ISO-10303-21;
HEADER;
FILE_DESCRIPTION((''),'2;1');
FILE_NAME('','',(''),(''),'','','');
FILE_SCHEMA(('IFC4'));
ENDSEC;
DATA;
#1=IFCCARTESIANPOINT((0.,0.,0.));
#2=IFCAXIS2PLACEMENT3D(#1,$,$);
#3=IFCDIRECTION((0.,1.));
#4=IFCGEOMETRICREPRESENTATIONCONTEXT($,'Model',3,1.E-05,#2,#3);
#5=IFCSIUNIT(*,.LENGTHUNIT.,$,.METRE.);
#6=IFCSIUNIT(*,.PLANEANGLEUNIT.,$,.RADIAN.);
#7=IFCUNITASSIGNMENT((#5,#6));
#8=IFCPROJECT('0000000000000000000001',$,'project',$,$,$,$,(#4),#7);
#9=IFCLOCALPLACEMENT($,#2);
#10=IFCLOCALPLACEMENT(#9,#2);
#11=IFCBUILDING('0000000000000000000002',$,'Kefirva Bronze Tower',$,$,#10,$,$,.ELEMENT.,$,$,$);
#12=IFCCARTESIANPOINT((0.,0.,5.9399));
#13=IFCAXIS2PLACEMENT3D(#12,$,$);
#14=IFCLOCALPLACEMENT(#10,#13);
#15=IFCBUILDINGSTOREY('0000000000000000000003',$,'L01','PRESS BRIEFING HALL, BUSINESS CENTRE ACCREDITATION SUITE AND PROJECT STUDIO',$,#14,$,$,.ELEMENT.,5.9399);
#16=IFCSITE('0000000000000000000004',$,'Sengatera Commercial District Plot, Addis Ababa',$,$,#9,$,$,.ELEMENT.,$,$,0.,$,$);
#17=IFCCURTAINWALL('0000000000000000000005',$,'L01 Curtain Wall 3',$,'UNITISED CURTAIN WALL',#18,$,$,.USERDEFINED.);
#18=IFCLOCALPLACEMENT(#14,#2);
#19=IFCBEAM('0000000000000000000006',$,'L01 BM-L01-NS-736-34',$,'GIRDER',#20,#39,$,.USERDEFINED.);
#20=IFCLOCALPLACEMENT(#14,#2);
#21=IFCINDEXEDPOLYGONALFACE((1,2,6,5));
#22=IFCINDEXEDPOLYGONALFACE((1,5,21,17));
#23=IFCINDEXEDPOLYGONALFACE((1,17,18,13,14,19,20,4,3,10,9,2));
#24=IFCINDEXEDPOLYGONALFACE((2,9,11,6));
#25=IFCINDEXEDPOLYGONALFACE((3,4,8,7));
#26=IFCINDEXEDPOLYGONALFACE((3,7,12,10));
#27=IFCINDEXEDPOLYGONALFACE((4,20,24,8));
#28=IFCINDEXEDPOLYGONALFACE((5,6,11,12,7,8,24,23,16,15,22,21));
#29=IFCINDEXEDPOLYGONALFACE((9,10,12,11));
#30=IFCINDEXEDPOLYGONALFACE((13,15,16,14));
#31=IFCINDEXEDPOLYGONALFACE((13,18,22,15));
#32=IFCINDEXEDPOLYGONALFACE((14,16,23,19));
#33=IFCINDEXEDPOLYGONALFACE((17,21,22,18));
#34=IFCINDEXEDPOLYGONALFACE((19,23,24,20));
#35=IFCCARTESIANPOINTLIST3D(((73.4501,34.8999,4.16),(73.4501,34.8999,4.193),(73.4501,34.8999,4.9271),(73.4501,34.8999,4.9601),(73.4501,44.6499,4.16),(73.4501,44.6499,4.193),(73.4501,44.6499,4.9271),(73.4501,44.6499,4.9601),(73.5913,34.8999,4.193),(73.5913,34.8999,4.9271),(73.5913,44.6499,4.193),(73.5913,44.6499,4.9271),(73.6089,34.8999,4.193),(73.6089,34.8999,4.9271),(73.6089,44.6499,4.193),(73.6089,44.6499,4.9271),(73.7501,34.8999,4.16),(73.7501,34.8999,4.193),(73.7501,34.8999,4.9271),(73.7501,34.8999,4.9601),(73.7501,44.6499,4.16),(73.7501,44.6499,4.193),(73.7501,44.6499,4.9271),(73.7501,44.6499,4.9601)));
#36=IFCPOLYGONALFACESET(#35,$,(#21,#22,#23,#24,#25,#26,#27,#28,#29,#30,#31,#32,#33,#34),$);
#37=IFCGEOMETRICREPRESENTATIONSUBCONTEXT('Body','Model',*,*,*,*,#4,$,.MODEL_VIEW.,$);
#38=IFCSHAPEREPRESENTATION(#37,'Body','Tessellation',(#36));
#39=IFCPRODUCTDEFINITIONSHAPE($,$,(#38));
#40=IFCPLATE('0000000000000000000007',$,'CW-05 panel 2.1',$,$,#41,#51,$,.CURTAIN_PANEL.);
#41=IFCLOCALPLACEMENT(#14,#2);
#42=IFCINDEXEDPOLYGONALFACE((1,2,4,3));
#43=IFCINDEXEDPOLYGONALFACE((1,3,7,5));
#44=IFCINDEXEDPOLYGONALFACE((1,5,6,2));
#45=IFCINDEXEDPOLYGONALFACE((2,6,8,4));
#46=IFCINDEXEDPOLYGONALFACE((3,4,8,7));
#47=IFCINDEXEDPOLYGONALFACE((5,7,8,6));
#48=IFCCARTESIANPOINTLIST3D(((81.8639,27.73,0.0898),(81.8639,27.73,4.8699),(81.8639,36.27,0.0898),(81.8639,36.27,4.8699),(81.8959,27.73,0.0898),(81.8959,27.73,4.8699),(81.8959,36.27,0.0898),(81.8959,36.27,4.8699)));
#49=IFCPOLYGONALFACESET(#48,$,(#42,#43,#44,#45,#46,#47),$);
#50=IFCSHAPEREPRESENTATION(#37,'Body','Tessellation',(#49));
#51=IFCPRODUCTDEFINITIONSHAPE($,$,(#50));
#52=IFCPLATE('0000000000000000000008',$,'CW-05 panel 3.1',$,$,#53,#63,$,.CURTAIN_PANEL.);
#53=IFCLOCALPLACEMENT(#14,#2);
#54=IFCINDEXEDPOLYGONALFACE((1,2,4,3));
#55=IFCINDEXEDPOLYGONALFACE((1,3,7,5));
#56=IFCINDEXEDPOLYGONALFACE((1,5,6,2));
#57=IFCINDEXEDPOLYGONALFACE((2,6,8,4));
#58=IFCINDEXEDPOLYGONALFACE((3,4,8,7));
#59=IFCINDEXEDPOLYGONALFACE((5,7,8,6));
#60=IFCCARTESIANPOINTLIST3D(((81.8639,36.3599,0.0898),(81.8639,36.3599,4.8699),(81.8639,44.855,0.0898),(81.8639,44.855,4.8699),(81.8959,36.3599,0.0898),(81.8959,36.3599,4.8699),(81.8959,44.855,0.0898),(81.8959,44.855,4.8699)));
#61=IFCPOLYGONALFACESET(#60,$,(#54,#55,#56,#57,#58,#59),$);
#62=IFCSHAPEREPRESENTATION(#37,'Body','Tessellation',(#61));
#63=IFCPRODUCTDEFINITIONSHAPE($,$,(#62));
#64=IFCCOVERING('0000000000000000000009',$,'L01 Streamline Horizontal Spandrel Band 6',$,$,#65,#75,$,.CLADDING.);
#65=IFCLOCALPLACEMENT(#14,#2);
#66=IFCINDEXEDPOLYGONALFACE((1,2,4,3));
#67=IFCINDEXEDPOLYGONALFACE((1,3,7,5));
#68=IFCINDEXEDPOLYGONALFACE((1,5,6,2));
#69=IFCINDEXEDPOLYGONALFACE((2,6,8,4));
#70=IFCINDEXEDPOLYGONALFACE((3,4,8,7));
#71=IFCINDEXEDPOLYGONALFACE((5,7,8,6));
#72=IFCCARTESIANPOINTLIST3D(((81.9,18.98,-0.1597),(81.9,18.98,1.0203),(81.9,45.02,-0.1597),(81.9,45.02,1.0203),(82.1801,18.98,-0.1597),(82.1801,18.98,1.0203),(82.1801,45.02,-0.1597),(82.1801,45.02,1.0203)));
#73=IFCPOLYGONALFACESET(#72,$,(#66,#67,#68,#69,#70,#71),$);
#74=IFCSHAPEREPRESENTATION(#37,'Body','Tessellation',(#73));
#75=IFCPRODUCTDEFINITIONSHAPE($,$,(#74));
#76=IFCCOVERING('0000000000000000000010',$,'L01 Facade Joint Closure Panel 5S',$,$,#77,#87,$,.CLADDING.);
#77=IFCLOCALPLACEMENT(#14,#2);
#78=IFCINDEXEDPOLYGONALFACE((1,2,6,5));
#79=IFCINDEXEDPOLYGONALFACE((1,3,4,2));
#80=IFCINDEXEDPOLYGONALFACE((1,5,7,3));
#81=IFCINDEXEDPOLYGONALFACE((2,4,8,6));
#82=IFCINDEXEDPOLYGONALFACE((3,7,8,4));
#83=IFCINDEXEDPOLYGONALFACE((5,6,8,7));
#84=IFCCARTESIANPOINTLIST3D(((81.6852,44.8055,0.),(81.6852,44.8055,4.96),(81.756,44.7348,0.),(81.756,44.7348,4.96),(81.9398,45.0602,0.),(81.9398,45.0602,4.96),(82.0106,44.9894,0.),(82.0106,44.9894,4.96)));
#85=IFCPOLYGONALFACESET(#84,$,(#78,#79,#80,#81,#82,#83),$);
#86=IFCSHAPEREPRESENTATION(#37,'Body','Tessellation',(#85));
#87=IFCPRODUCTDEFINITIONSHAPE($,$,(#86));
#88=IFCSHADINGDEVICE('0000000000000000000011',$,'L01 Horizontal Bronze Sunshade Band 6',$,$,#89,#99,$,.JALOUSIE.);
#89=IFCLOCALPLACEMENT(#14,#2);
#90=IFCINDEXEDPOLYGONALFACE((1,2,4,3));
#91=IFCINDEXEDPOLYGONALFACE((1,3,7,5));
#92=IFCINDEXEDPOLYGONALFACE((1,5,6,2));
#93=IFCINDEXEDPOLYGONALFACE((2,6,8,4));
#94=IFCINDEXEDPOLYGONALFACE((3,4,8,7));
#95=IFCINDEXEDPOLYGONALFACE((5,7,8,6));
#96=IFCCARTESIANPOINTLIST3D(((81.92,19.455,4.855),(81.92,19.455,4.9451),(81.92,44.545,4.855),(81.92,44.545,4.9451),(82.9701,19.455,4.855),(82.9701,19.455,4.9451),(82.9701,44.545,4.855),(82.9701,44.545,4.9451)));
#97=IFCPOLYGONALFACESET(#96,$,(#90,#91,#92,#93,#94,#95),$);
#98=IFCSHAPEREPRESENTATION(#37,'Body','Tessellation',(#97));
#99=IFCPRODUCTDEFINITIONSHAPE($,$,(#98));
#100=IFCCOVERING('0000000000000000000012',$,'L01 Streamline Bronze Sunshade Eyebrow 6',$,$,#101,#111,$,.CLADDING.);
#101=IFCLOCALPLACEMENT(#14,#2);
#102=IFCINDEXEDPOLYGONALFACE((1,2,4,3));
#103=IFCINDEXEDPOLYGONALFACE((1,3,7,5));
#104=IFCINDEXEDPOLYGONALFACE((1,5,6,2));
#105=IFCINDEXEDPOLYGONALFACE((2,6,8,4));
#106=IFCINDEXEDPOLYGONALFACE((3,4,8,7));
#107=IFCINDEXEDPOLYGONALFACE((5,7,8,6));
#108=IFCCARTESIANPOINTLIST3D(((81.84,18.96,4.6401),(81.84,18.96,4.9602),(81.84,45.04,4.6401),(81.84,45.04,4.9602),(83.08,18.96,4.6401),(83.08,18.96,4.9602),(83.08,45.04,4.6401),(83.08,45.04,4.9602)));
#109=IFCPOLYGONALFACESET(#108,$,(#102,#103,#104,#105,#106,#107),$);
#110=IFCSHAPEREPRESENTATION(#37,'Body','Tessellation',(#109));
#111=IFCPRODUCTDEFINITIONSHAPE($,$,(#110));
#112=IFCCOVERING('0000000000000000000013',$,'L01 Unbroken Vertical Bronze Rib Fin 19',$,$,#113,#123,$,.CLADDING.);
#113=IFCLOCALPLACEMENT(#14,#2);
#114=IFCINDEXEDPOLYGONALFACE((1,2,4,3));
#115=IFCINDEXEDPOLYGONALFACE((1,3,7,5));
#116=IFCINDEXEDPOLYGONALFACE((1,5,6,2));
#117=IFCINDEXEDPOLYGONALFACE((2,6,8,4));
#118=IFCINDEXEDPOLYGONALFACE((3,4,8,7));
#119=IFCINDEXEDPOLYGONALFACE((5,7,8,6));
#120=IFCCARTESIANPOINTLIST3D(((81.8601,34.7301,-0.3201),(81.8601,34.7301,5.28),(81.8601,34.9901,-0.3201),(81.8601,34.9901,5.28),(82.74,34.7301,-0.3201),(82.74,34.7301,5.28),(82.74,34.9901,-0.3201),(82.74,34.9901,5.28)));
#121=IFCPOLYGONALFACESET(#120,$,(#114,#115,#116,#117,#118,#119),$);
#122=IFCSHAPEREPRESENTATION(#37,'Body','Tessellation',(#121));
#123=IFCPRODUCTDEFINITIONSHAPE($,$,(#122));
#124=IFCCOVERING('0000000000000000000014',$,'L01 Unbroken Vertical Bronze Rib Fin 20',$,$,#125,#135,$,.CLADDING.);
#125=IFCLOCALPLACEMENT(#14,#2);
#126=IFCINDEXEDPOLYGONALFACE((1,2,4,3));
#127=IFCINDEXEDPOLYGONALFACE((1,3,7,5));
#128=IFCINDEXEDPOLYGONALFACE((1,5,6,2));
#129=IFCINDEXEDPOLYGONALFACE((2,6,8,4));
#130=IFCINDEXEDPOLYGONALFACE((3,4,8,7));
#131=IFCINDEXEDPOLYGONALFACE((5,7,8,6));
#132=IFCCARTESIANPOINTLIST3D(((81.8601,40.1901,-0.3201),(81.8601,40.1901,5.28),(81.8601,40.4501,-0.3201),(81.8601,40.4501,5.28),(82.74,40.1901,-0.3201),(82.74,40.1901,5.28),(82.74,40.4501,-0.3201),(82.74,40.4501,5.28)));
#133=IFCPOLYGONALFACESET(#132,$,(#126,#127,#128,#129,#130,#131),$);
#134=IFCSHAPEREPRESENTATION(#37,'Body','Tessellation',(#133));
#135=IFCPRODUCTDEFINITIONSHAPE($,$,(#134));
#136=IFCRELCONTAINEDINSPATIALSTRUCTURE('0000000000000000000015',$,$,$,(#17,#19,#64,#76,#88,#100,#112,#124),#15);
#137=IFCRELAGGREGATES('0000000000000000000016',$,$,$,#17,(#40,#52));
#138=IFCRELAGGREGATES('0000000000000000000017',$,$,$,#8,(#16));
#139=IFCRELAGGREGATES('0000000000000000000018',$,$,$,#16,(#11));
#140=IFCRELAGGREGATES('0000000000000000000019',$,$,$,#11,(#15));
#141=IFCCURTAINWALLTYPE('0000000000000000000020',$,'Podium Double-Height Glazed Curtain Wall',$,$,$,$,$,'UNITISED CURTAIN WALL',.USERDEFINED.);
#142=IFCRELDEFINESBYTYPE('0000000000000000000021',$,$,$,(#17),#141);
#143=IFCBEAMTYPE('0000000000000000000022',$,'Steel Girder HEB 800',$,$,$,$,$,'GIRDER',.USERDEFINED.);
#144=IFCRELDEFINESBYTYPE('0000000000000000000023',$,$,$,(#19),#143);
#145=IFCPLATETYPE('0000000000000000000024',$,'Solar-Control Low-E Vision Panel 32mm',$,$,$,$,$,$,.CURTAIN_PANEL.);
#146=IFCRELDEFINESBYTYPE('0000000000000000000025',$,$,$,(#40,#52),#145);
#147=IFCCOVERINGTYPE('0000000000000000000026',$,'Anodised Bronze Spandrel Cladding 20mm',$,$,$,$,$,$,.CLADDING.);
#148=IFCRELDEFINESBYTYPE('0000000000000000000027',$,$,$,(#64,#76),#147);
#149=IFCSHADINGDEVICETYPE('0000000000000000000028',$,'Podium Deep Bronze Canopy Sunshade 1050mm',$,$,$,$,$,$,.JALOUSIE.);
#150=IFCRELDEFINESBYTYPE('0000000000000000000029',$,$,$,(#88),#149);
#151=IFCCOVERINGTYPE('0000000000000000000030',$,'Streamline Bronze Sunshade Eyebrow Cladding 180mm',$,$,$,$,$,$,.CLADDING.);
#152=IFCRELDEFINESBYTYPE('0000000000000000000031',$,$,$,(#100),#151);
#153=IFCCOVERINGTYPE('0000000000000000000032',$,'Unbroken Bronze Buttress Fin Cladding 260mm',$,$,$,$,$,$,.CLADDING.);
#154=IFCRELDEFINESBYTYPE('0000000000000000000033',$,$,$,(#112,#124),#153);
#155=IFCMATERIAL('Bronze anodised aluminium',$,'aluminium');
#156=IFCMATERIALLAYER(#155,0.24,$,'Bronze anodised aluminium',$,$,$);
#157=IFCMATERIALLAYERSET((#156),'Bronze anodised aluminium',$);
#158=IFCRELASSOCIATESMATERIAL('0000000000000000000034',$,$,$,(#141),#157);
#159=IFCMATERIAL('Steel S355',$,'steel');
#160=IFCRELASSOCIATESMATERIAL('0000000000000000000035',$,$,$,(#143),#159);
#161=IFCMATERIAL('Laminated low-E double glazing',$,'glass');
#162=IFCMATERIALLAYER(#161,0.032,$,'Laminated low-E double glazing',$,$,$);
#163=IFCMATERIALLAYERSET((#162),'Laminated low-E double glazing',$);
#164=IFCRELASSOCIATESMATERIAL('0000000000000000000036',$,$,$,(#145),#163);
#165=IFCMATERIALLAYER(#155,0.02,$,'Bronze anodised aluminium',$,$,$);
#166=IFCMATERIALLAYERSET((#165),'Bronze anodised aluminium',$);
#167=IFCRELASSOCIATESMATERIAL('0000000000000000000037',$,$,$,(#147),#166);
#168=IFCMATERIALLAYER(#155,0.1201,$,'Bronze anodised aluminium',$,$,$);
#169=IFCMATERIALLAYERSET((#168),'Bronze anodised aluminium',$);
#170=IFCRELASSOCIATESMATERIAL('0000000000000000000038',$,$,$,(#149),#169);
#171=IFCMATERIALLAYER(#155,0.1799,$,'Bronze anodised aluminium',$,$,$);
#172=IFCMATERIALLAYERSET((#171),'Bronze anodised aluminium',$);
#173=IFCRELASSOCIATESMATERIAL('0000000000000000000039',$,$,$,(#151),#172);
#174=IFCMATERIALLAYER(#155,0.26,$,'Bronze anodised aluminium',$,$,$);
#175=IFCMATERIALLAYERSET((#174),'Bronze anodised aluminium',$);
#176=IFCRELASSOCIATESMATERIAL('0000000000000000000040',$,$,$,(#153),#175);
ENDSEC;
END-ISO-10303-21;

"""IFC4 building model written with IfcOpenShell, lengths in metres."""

from ifc_helpers import new_model, si_unit, direction, frame, origin, origin_2d, place, context, subcontext, project, spatial, rectangle, i_section, extrude, material, layer, layer_set, material_profile, profile_set, type_object, element, aggregate, save


model = new_model("IFC4")

# Units and contexts
model_context = context("Model", 3, precision=1e-05, world=origin(), true_north=direction((0.0, 1.0)))
body_context = subcontext(model_context, "Body", "Model", "MODEL_VIEW")
ifc_project = project(units=[si_unit("LENGTHUNIT", "METRE"), si_unit("PLANEANGLEUNIT", "RADIAN")], contexts=[model_context])

# Site, building, storey
site_placement = place(None, origin())
site = spatial("IfcSite", under=ifc_project, at=site_placement, Name="Sengatera Commercial District Plot, Addis Ababa", CompositionType="ELEMENT", RefElevation=0.0)
building_placement = place(site_placement, origin())
building = spatial("IfcBuilding", under=site, at=building_placement, Name="Kefirva Bronze Tower", CompositionType="ELEMENT")
storey_placement = place(building_placement, frame((0.0, 0.0, 5.9399)))
storey = spatial("IfcBuildingStorey", under=building, at=storey_placement, Name="L01", Description="PRESS BRIEFING HALL, BUSINESS CENTRE ACCREDITATION SUITE AND PROJECT STUDIO", CompositionType="ELEMENT", Elevation=5.9399)

# Curtain wall
ifc_material_1 = material(Name="Bronze anodised aluminium", Category="aluminium")
ifc_layer_1 = layer(ifc_material_1, 0.24, Name="Bronze anodised aluminium")
ifc_layer_set_1 = layer_set([ifc_layer_1], Name="Bronze anodised aluminium")
curtain_wall_type = type_object("IfcCurtainWallType", Name="Podium Double-Height Glazed Curtain Wall", ElementType="UNITISED CURTAIN WALL", PredefinedType="USERDEFINED", material=ifc_layer_set_1)
curtain_wall_placement = place(storey_placement, origin())
curtain_wall = element("IfcCurtainWall", 1, at=curtain_wall_placement, inside=storey, type_object=curtain_wall_type, Name="L01 Curtain Wall 3", ObjectType="UNITISED CURTAIN WALL", PredefinedType="USERDEFINED")

# Beam
ifc_material_2 = material(Name="Steel S355", Category="steel")
ifc_material_profile_1 = material_profile(ifc_material_2, i_section(OverallWidth=0.3, OverallDepth=0.8, WebThickness=0.0176, FlangeThickness=0.033, at=origin_2d()), Name="HEB 800")
ifc_profile_set_1 = profile_set([ifc_material_profile_1], Name="Steel S355")
beam_type_1 = type_object("IfcBeamType", Name="Steel Girder HEB 800", ElementType="GIRDER", PredefinedType="USERDEFINED", material=ifc_profile_set_1)
beam_1_placement = place(storey_placement, frame((73.6001, 34.8999, 4.5601), z_axis=(0.0, 1.0, 0.0), x_axis=(-1.0, 0.0, 0.0)))
element("IfcBeam", 2, at=beam_1_placement, inside=storey, type_object=beam_type_1, Name="L01 BM-L01-NS-736-34", ObjectType="GIRDER", PredefinedType="USERDEFINED", context=body_context, shape_type="SweptSolid", body=[
    extrude(i_section(OverallWidth=0.3, OverallDepth=0.8, WebThickness=0.0176, FlangeThickness=0.033, at=origin_2d()), origin(), (0.0, 0.0, 1.0), 9.75),
])

# Plates
ifc_material_3 = material(Name="Laminated low-E double glazing", Category="glass")
ifc_layer_2 = layer(ifc_material_3, 0.032, Name="Laminated low-E double glazing")
ifc_layer_set_2 = layer_set([ifc_layer_2], Name="Laminated low-E double glazing")
plate_type = type_object("IfcPlateType", Name="Solar-Control Low-E Vision Panel 32mm", PredefinedType="CURTAIN_PANEL", material=ifc_layer_set_2)
plate_1_placement = place(storey_placement, frame((81.8799, 32.0, 0.0898), z_axis=(0.0, 0.0, 1.0), x_axis=(0.0, 1.0, 0.0)))
plate_1 = element("IfcPlate", 3, at=plate_1_placement, type_object=plate_type, Name="CW-05 panel 2.1", PredefinedType="CURTAIN_PANEL", context=body_context, shape_type="SweptSolid", body=[
    extrude(rectangle(XDim=8.54, YDim=0.032, at=origin_2d()), origin(), (0.0, 0.0, 1.0), 4.78),
])
plate_2_placement = place(storey_placement, frame((81.8799, 40.6074, 0.0898), z_axis=(0.0, 0.0, 1.0), x_axis=(0.0, 1.0, 0.0)))
plate_2 = element("IfcPlate", 4, at=plate_2_placement, type_object=plate_type, Name="CW-05 panel 3.1", PredefinedType="CURTAIN_PANEL", context=body_context, shape_type="SweptSolid", body=[
    extrude(rectangle(XDim=8.4951, YDim=0.032, at=origin_2d()), origin(), (0.0, 0.0, 1.0), 4.78),
])
aggregate(curtain_wall, [plate_1, plate_2])

# Coverings
ifc_layer_3 = layer(ifc_material_1, 0.02, Name="Bronze anodised aluminium")
ifc_layer_set_3 = layer_set([ifc_layer_3], Name="Bronze anodised aluminium")
covering_type_1 = type_object("IfcCoveringType", Name="Anodised Bronze Spandrel Cladding 20mm", PredefinedType="CLADDING", material=ifc_layer_set_3)
covering_1_placement = place(storey_placement, frame((82.04, 32.0, -0.1597), z_axis=(0.0, 0.0, 1.0), x_axis=(0.0, 1.0, 0.0)))
element("IfcCovering", 5, at=covering_1_placement, inside=storey, type_object=covering_type_1, Name="L01 Streamline Horizontal Spandrel Band 6", PredefinedType="CLADDING", context=body_context, shape_type="SweptSolid", body=[
    extrude(rectangle(XDim=26.04, YDim=0.28, at=origin_2d()), origin(), (0.0, 0.0, 1.0), 1.1799),
])
covering_2_placement = place(storey_placement, frame((81.8479, 44.8975, 0.0), z_axis=(0.0, 0.0, 1.0), x_axis=(-0.707107, 0.707107, 0.0)))
element("IfcCovering", 6, at=covering_2_placement, inside=storey, type_object=covering_type_1, Name="L01 Facade Joint Closure Panel 5S", PredefinedType="CLADDING", context=body_context, shape_type="SweptSolid", body=[
    extrude(rectangle(XDim=0.1001, YDim=0.3601, at=origin_2d()), origin(), (0.0, 0.0, 1.0), 4.96),
])

# Shading device
ifc_layer_4 = layer(ifc_material_1, 0.1201, Name="Bronze anodised aluminium")
ifc_layer_set_4 = layer_set([ifc_layer_4], Name="Bronze anodised aluminium")
shading_device_type = type_object("IfcShadingDeviceType", Name="Podium Deep Bronze Canopy Sunshade 1050mm", PredefinedType="JALOUSIE", material=ifc_layer_set_4)
shading_device_placement = place(storey_placement, frame((82.4451, 32.0, 4.855), z_axis=(0.0, 0.0, 1.0), x_axis=(0.0, 1.0, 0.0)))
element("IfcShadingDevice", 7, at=shading_device_placement, inside=storey, type_object=shading_device_type, Name="L01 Horizontal Bronze Sunshade Band 6", PredefinedType="JALOUSIE", context=body_context, shape_type="SweptSolid", body=[
    extrude(rectangle(XDim=25.0901, YDim=1.05, at=origin_2d()), origin(), (0.0, 0.0, 1.0), 0.0901),
])

# Coverings
ifc_layer_5 = layer(ifc_material_1, 0.1799, Name="Bronze anodised aluminium")
ifc_layer_set_5 = layer_set([ifc_layer_5], Name="Bronze anodised aluminium")
covering_type_2 = type_object("IfcCoveringType", Name="Streamline Bronze Sunshade Eyebrow Cladding 180mm", PredefinedType="CLADDING", material=ifc_layer_set_5)
covering_3_placement = place(storey_placement, frame((82.46, 32.0, 4.6401), z_axis=(0.0, 0.0, 1.0), x_axis=(0.0, 1.0, 0.0)))
element("IfcCovering", 8, at=covering_3_placement, inside=storey, type_object=covering_type_2, Name="L01 Streamline Bronze Sunshade Eyebrow 6", PredefinedType="CLADDING", context=body_context, shape_type="SweptSolid", body=[
    extrude(rectangle(XDim=26.0801, YDim=1.24, at=origin_2d()), origin(), (0.0, 0.0, 1.0), 0.3201),
])
ifc_layer_6 = layer(ifc_material_1, 0.26, Name="Bronze anodised aluminium")
ifc_layer_set_6 = layer_set([ifc_layer_6], Name="Bronze anodised aluminium")
covering_type_3 = type_object("IfcCoveringType", Name="Unbroken Bronze Buttress Fin Cladding 260mm", PredefinedType="CLADDING", material=ifc_layer_set_6)
for number, where, z_axis, x_axis, name in (
    (9, (82.3, 34.8601, -0.3201), (0.0, 0.0, 1.0), (0.0, 1.0, 0.0), "L01 Unbroken Vertical Bronze Rib Fin 19"),
    (10, (82.3, 40.3201, -0.3201), (0.0, 0.0, 1.0), (0.0, 1.0, 0.0), "L01 Unbroken Vertical Bronze Rib Fin 20"),
):
    element("IfcCovering", number, at=place(storey_placement, frame(where, z_axis=z_axis, x_axis=x_axis)), inside=storey, type_object=covering_type_3, Name=name, PredefinedType="CLADDING", context=body_context, shape_type="SweptSolid", body=[
        extrude(rectangle(XDim=0.26, YDim=0.8799, at=origin_2d()), origin(), (0.0, 0.0, 1.0), 5.6001),
    ])

save(model, "model.ifc")
